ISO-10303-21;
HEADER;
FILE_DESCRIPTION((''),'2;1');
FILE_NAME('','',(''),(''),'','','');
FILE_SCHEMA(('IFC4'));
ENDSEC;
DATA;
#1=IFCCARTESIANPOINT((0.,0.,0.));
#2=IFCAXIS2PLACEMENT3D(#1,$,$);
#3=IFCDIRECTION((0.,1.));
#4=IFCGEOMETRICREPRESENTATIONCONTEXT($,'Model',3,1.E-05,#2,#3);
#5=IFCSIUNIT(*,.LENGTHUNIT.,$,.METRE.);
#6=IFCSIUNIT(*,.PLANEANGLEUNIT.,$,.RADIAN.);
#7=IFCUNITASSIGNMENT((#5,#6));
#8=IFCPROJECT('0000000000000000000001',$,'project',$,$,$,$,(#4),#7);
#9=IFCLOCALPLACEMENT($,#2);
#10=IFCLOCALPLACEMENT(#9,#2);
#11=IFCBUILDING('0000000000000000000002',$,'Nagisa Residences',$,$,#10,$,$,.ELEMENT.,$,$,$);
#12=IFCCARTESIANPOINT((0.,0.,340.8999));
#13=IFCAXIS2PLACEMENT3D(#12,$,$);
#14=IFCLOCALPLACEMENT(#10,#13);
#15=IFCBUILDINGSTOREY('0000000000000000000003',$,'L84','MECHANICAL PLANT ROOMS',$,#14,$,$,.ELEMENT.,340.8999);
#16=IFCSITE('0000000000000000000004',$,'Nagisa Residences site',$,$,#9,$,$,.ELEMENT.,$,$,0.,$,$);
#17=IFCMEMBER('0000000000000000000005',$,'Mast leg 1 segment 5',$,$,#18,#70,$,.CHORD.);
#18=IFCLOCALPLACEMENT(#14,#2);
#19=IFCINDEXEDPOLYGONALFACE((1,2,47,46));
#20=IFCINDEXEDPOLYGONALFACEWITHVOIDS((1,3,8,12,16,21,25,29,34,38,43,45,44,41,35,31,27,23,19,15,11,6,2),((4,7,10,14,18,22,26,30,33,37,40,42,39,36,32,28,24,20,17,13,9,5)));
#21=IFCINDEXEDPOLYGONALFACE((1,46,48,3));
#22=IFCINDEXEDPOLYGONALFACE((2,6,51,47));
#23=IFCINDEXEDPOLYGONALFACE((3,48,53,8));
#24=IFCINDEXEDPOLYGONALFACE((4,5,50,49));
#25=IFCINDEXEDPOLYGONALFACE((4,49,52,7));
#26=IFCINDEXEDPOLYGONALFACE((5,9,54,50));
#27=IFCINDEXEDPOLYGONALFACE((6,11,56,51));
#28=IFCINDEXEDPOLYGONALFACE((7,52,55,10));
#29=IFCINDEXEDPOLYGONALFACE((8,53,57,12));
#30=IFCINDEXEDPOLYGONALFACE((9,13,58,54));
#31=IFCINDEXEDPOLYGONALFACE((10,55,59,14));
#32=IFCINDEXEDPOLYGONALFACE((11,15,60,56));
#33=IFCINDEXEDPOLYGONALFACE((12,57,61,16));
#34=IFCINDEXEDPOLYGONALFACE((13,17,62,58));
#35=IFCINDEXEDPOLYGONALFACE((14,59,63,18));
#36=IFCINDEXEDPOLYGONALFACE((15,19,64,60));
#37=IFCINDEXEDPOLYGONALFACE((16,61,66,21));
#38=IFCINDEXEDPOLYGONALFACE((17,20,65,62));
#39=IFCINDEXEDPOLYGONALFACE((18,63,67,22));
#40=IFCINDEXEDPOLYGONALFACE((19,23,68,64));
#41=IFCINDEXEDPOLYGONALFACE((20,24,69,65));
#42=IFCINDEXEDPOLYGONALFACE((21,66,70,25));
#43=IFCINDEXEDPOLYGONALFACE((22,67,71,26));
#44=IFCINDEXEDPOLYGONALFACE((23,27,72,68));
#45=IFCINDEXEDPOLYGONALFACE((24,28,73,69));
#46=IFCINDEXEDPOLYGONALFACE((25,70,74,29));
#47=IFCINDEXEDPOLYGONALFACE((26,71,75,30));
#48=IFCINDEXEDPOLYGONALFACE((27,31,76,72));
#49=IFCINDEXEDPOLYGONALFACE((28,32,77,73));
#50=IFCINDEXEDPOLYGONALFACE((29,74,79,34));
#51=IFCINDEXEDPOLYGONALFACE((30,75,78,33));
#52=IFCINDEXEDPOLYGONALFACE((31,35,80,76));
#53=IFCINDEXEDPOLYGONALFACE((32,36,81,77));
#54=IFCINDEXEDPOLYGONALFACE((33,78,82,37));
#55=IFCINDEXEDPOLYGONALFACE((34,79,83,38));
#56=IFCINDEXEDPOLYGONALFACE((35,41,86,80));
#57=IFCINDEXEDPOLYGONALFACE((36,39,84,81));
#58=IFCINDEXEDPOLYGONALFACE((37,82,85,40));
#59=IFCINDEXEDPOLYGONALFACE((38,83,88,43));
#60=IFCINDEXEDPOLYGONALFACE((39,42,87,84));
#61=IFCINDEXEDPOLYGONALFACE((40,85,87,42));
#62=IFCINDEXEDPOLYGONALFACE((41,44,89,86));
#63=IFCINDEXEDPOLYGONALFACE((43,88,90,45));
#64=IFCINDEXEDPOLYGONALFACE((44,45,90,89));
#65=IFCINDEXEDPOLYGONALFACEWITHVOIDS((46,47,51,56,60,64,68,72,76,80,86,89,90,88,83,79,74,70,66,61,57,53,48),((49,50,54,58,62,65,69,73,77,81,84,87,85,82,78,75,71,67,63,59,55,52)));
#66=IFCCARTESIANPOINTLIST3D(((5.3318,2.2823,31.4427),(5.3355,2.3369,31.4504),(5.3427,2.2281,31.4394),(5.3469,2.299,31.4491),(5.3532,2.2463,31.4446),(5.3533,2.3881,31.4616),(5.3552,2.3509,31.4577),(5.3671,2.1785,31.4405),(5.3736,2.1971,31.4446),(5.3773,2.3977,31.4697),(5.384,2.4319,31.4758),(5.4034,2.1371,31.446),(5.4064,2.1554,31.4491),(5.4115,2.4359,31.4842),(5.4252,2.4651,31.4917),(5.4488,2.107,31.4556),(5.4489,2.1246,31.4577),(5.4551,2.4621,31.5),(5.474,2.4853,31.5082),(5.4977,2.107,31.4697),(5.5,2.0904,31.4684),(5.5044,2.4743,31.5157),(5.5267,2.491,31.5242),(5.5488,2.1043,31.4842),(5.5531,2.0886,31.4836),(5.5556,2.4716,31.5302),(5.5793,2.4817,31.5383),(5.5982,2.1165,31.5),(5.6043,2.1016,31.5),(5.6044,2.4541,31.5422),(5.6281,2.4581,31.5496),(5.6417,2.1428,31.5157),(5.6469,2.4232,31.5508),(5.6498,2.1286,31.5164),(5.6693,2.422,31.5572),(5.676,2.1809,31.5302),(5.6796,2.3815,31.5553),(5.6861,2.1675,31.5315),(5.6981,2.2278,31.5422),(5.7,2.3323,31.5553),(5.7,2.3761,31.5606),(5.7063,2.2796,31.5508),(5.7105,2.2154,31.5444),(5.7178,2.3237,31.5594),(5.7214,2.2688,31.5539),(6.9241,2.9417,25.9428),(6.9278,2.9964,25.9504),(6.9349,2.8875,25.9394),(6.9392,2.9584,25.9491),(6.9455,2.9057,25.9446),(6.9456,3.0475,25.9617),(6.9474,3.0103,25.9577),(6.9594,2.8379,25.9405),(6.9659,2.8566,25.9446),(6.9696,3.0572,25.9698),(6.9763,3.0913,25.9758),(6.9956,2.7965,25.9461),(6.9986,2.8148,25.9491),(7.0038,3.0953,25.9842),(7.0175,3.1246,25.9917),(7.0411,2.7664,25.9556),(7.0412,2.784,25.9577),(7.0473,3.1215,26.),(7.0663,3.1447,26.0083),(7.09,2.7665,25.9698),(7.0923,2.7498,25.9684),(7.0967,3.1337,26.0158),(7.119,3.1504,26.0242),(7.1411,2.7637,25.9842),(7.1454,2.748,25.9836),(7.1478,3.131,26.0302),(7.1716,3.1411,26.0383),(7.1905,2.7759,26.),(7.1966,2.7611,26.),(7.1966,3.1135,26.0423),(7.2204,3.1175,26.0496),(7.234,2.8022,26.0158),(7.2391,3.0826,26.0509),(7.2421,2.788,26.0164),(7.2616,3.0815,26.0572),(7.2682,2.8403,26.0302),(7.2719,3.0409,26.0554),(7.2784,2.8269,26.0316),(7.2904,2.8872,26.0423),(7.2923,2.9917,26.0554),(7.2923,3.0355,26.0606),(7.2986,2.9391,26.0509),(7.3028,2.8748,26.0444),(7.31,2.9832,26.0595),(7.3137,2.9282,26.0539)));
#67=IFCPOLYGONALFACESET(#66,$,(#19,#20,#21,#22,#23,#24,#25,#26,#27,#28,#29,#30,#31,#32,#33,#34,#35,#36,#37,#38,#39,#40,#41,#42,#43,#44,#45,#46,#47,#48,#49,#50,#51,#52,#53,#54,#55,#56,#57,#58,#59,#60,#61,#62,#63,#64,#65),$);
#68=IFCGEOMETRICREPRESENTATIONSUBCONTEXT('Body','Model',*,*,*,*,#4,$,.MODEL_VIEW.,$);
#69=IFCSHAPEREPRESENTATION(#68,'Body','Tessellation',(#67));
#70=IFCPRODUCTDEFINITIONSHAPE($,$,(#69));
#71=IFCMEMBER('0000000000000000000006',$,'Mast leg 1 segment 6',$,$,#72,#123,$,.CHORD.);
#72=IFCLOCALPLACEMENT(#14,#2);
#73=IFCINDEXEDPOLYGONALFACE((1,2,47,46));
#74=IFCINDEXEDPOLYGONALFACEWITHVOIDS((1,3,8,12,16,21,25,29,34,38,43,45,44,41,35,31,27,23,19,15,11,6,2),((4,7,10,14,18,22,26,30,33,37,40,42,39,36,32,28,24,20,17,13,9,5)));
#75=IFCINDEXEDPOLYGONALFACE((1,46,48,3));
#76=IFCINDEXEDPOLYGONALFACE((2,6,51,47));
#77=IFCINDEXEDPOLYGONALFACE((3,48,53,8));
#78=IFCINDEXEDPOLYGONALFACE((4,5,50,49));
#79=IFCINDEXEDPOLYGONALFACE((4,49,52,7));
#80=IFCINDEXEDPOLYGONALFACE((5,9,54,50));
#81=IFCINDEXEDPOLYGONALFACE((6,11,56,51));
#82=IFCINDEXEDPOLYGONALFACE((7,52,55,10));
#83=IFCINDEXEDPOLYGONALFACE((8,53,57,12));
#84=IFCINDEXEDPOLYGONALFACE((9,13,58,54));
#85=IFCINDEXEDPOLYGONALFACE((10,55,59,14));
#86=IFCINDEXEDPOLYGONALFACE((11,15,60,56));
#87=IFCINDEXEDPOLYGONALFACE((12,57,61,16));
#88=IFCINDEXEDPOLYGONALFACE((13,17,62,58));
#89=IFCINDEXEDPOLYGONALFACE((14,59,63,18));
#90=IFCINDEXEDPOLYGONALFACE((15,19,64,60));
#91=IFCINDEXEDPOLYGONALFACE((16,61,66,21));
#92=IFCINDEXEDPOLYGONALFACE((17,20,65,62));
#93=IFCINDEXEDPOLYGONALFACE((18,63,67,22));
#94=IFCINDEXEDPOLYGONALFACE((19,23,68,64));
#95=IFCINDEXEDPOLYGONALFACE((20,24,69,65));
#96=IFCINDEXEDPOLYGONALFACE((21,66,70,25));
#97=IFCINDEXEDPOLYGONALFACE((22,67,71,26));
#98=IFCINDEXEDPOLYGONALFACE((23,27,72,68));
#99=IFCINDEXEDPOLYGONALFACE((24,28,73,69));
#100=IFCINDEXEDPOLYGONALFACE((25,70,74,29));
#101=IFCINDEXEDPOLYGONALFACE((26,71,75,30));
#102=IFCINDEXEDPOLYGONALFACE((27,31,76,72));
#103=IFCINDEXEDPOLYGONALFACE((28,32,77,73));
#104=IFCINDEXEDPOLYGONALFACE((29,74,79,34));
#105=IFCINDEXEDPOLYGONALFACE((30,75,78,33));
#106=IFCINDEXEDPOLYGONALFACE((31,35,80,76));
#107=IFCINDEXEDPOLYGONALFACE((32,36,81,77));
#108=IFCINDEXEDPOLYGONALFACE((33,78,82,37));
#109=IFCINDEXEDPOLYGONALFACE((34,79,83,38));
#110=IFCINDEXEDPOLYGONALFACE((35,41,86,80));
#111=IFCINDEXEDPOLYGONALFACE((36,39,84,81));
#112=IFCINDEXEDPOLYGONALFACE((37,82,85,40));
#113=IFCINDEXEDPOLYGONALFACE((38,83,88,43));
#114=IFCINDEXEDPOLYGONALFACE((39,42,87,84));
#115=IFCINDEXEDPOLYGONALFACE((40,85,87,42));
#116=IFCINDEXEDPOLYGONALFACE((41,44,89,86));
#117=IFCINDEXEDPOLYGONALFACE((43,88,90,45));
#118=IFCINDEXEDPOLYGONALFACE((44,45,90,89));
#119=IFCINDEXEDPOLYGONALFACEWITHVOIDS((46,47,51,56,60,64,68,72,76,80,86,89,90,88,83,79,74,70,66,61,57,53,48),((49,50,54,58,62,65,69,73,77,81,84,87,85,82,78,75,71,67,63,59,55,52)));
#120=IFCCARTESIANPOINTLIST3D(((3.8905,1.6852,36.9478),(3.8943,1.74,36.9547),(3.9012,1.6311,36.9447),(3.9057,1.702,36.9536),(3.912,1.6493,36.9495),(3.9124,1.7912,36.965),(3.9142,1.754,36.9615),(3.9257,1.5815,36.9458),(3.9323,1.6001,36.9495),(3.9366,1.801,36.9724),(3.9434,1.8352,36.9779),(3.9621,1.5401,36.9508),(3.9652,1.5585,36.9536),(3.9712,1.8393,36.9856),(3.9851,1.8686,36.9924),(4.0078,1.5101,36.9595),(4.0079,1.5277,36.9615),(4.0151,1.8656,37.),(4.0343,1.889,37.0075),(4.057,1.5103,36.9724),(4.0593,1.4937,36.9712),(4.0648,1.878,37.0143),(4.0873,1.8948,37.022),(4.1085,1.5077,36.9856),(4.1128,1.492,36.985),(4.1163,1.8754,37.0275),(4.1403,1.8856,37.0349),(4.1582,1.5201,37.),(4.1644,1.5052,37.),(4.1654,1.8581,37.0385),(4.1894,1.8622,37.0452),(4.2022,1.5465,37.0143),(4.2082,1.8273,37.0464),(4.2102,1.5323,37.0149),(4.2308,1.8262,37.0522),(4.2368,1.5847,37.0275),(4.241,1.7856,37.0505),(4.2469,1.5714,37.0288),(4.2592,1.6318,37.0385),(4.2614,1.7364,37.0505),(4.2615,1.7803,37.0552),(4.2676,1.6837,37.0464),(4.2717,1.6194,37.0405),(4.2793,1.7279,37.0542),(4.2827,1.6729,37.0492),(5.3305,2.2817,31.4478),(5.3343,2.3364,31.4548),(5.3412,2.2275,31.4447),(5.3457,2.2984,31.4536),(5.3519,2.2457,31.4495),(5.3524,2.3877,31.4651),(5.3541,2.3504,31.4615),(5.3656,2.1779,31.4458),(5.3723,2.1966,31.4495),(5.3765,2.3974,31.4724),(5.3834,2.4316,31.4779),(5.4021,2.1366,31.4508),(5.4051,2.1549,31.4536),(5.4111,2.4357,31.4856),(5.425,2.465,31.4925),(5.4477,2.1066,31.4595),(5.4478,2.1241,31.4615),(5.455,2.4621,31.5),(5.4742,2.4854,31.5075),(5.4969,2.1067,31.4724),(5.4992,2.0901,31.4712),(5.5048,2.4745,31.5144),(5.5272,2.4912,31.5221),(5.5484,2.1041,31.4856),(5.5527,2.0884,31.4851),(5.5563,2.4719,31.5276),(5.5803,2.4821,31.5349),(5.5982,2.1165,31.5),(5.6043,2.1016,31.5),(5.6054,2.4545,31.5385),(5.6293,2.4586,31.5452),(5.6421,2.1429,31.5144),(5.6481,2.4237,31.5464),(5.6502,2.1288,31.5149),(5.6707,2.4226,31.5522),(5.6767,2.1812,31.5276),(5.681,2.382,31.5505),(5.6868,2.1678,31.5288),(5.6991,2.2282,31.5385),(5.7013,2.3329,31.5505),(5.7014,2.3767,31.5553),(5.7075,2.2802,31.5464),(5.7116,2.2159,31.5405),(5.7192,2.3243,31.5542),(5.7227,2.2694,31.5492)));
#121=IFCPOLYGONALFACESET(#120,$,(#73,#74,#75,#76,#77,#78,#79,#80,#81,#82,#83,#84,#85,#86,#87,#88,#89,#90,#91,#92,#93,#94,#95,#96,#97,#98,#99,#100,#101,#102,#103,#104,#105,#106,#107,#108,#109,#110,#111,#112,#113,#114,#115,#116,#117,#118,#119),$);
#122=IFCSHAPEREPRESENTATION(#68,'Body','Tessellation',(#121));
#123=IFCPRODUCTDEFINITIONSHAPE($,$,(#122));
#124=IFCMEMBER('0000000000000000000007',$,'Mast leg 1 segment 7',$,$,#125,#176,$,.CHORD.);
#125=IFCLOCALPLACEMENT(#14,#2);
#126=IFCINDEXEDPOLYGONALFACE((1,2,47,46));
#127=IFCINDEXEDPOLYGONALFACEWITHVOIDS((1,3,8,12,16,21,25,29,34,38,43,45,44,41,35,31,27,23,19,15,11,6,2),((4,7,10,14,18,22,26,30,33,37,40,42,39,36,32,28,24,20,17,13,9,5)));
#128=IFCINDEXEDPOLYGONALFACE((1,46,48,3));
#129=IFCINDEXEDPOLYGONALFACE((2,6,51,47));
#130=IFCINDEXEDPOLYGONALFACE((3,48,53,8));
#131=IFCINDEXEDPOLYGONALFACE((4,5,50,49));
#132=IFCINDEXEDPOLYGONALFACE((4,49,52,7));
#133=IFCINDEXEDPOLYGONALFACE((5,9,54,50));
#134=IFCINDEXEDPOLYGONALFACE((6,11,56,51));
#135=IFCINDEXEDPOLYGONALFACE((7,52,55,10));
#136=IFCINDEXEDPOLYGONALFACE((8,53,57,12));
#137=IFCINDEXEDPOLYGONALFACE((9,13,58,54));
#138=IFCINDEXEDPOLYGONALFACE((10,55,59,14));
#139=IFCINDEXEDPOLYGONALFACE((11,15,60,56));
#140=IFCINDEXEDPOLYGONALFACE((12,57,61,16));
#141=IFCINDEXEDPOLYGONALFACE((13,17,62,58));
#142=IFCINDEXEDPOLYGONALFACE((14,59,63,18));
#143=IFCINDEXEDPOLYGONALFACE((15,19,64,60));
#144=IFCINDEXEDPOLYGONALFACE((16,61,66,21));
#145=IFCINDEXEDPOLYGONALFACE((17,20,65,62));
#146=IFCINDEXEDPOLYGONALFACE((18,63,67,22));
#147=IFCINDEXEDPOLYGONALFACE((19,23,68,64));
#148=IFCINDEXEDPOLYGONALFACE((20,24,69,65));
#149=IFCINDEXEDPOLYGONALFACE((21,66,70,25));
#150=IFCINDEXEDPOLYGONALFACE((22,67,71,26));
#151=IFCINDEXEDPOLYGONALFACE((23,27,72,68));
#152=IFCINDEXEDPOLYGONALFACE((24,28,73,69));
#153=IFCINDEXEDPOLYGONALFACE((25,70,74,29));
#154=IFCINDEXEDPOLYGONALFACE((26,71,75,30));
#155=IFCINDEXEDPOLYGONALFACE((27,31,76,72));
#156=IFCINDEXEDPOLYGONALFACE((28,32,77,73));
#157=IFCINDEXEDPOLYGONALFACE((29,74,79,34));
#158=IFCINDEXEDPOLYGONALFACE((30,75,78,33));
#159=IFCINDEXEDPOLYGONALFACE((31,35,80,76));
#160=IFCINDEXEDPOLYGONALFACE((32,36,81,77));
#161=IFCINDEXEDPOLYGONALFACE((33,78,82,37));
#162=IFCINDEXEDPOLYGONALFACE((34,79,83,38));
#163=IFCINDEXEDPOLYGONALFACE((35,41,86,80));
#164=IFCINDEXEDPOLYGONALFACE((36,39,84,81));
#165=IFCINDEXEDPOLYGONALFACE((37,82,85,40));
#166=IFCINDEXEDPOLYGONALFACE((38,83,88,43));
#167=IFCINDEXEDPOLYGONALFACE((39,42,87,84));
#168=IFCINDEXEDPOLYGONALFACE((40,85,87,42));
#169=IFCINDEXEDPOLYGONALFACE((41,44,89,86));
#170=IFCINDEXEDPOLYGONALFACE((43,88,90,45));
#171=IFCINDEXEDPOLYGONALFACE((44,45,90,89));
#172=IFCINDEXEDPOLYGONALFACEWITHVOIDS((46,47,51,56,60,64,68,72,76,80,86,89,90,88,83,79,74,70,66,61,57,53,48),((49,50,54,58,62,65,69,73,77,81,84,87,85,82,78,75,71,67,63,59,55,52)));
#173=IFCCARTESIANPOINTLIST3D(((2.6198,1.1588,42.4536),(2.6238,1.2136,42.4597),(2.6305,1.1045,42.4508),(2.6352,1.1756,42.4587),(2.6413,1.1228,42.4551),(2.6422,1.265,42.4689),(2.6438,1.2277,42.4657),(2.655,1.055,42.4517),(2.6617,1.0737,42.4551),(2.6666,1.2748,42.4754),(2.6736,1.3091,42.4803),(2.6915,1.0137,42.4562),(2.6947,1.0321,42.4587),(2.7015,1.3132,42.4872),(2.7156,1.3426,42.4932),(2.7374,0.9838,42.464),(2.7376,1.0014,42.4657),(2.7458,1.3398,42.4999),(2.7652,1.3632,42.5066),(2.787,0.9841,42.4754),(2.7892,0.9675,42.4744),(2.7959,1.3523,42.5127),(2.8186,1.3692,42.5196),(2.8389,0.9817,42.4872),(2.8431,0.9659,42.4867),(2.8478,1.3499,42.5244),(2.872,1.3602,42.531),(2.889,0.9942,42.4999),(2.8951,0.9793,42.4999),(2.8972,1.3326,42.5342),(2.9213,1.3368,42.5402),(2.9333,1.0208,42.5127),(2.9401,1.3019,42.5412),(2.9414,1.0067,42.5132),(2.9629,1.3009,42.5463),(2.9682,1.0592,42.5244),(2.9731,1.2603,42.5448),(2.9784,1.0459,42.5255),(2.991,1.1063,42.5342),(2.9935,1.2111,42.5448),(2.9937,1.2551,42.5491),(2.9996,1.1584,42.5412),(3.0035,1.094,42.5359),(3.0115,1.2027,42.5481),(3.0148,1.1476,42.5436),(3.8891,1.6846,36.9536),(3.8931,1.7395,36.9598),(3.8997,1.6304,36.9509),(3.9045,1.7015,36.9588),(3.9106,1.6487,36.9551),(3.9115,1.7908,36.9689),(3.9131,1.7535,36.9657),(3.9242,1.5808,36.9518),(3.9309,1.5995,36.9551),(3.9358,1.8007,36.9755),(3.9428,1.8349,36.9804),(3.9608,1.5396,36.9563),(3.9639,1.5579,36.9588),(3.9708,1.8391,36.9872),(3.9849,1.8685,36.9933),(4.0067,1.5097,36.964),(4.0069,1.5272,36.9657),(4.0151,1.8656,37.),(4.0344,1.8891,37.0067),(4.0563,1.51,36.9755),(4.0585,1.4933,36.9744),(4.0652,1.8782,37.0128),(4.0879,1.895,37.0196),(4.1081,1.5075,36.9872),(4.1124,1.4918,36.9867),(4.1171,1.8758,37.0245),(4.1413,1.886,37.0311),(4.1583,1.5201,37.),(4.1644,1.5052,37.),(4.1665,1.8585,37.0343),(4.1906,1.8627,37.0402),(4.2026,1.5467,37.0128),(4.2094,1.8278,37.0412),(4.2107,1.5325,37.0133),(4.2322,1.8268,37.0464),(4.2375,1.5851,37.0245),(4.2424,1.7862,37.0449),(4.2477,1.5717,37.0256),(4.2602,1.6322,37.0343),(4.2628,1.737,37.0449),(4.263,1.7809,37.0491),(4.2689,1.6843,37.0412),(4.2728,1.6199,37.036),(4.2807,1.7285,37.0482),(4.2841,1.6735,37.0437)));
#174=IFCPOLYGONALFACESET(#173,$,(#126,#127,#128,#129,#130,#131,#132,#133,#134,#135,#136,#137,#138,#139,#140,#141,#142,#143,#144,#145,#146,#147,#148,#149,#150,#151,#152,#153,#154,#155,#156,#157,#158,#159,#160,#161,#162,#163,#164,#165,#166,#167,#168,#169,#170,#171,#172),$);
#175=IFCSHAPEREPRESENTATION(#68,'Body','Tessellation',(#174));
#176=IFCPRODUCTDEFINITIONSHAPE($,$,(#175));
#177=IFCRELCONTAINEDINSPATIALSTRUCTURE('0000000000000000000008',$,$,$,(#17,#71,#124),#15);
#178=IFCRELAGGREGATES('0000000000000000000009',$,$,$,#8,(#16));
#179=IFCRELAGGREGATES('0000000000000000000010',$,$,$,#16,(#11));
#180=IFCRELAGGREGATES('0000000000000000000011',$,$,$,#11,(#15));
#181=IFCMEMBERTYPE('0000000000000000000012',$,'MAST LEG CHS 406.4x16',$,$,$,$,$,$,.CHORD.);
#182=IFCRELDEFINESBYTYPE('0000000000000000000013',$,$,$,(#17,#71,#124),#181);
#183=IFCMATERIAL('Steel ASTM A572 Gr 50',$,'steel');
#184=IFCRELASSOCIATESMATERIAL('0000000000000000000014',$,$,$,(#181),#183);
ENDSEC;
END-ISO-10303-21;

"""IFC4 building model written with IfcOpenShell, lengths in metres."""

from ifc_helpers import new_model, si_unit, direction, frame, origin, origin_2d, place, context, subcontext, project, spatial, hollow_circle, extrude, material, material_profile, profile_set, type_object, element, save


model = new_model("IFC4")

# Units and contexts
model_context = context("Model", 3, precision=1e-05, world=origin(), true_north=direction((0.0, 1.0)))
body_context = subcontext(model_context, "Body", "Model", "MODEL_VIEW")
ifc_project = project(units=[si_unit("LENGTHUNIT", "METRE"), si_unit("PLANEANGLEUNIT", "RADIAN")], contexts=[model_context])

# Site, building, storey
site_placement = place(None, origin())
site = spatial("IfcSite", under=ifc_project, at=site_placement, Name="Nagisa Residences site", CompositionType="ELEMENT", RefElevation=0.0)
building_placement = place(site_placement, origin())
building = spatial("IfcBuilding", under=site, at=building_placement, Name="Nagisa Residences", CompositionType="ELEMENT")
storey_placement = place(building_placement, frame((0.0, 0.0, 340.8999)))
storey = spatial("IfcBuildingStorey", under=building, at=storey_placement, Name="L84", Description="MECHANICAL PLANT ROOMS", CompositionType="ELEMENT", Elevation=340.8999)

# Members
ifc_material_1 = material(Name="Steel ASTM A572 Gr 50", Category="steel")
ifc_material_profile_1 = material_profile(ifc_material_1, hollow_circle(Radius=0.2031, WallThickness=0.0161, at=origin_2d()), Name="MAST LEG CHS 406.4x16")
ifc_profile_set_1 = profile_set([ifc_material_profile_1], Name="Steel ASTM A572 Gr 50")
member_type_1 = type_object("IfcMemberType", Name="MAST LEG CHS 406.4x16", PredefinedType="CHORD", material=ifc_profile_set_1)
member_1_placement = place(storey_placement, frame((7.1189, 2.9487, 26.0), z_axis=(-0.276261, -0.11441, 0.954249), x_axis=(0.382623, -0.923905, 0.0)))
element("IfcMember", 1, at=member_1_placement, inside=storey, type_object=member_type_1, Name="Mast leg 1 segment 5", PredefinedType="CHORD", context=body_context, shape_type="SweptSolid", body=[
    extrude(hollow_circle(Radius=0.2031, WallThickness=0.0161, at=origin_2d()), origin(), (0.0, 0.0, 1.0), 5.7637),
])
member_2_placement = place(storey_placement, frame((5.5266, 2.2893, 31.5), z_axis=(-0.251889, -0.104335, 0.962115), x_axis=(0.382679, -0.923881, 0.0)))
element("IfcMember", 2, at=member_2_placement, inside=storey, type_object=member_type_1, Name="Mast leg 1 segment 6", PredefinedType="CHORD", context=body_context, shape_type="SweptSolid", body=[
    extrude(hollow_circle(Radius=0.2031, WallThickness=0.0161, at=origin_2d()), origin(), (0.0, 0.0, 1.0), 5.7166),
])
member_3_placement = place(storey_placement, frame((4.0867, 1.6929, 37.0), z_axis=(-0.223899, -0.092764, 0.970188), x_axis=(0.38276, -0.923848, 0.0)))
element("IfcMember", 3, at=member_3_placement, inside=storey, type_object=member_type_1, Name="Mast leg 1 segment 7", PredefinedType="CHORD", context=body_context, shape_type="SweptSolid", body=[
    extrude(hollow_circle(Radius=0.2031, WallThickness=0.0161, at=origin_2d()), origin(), (0.0, 0.0, 1.0), 5.6689),
])

save(model, "model.ifc")
